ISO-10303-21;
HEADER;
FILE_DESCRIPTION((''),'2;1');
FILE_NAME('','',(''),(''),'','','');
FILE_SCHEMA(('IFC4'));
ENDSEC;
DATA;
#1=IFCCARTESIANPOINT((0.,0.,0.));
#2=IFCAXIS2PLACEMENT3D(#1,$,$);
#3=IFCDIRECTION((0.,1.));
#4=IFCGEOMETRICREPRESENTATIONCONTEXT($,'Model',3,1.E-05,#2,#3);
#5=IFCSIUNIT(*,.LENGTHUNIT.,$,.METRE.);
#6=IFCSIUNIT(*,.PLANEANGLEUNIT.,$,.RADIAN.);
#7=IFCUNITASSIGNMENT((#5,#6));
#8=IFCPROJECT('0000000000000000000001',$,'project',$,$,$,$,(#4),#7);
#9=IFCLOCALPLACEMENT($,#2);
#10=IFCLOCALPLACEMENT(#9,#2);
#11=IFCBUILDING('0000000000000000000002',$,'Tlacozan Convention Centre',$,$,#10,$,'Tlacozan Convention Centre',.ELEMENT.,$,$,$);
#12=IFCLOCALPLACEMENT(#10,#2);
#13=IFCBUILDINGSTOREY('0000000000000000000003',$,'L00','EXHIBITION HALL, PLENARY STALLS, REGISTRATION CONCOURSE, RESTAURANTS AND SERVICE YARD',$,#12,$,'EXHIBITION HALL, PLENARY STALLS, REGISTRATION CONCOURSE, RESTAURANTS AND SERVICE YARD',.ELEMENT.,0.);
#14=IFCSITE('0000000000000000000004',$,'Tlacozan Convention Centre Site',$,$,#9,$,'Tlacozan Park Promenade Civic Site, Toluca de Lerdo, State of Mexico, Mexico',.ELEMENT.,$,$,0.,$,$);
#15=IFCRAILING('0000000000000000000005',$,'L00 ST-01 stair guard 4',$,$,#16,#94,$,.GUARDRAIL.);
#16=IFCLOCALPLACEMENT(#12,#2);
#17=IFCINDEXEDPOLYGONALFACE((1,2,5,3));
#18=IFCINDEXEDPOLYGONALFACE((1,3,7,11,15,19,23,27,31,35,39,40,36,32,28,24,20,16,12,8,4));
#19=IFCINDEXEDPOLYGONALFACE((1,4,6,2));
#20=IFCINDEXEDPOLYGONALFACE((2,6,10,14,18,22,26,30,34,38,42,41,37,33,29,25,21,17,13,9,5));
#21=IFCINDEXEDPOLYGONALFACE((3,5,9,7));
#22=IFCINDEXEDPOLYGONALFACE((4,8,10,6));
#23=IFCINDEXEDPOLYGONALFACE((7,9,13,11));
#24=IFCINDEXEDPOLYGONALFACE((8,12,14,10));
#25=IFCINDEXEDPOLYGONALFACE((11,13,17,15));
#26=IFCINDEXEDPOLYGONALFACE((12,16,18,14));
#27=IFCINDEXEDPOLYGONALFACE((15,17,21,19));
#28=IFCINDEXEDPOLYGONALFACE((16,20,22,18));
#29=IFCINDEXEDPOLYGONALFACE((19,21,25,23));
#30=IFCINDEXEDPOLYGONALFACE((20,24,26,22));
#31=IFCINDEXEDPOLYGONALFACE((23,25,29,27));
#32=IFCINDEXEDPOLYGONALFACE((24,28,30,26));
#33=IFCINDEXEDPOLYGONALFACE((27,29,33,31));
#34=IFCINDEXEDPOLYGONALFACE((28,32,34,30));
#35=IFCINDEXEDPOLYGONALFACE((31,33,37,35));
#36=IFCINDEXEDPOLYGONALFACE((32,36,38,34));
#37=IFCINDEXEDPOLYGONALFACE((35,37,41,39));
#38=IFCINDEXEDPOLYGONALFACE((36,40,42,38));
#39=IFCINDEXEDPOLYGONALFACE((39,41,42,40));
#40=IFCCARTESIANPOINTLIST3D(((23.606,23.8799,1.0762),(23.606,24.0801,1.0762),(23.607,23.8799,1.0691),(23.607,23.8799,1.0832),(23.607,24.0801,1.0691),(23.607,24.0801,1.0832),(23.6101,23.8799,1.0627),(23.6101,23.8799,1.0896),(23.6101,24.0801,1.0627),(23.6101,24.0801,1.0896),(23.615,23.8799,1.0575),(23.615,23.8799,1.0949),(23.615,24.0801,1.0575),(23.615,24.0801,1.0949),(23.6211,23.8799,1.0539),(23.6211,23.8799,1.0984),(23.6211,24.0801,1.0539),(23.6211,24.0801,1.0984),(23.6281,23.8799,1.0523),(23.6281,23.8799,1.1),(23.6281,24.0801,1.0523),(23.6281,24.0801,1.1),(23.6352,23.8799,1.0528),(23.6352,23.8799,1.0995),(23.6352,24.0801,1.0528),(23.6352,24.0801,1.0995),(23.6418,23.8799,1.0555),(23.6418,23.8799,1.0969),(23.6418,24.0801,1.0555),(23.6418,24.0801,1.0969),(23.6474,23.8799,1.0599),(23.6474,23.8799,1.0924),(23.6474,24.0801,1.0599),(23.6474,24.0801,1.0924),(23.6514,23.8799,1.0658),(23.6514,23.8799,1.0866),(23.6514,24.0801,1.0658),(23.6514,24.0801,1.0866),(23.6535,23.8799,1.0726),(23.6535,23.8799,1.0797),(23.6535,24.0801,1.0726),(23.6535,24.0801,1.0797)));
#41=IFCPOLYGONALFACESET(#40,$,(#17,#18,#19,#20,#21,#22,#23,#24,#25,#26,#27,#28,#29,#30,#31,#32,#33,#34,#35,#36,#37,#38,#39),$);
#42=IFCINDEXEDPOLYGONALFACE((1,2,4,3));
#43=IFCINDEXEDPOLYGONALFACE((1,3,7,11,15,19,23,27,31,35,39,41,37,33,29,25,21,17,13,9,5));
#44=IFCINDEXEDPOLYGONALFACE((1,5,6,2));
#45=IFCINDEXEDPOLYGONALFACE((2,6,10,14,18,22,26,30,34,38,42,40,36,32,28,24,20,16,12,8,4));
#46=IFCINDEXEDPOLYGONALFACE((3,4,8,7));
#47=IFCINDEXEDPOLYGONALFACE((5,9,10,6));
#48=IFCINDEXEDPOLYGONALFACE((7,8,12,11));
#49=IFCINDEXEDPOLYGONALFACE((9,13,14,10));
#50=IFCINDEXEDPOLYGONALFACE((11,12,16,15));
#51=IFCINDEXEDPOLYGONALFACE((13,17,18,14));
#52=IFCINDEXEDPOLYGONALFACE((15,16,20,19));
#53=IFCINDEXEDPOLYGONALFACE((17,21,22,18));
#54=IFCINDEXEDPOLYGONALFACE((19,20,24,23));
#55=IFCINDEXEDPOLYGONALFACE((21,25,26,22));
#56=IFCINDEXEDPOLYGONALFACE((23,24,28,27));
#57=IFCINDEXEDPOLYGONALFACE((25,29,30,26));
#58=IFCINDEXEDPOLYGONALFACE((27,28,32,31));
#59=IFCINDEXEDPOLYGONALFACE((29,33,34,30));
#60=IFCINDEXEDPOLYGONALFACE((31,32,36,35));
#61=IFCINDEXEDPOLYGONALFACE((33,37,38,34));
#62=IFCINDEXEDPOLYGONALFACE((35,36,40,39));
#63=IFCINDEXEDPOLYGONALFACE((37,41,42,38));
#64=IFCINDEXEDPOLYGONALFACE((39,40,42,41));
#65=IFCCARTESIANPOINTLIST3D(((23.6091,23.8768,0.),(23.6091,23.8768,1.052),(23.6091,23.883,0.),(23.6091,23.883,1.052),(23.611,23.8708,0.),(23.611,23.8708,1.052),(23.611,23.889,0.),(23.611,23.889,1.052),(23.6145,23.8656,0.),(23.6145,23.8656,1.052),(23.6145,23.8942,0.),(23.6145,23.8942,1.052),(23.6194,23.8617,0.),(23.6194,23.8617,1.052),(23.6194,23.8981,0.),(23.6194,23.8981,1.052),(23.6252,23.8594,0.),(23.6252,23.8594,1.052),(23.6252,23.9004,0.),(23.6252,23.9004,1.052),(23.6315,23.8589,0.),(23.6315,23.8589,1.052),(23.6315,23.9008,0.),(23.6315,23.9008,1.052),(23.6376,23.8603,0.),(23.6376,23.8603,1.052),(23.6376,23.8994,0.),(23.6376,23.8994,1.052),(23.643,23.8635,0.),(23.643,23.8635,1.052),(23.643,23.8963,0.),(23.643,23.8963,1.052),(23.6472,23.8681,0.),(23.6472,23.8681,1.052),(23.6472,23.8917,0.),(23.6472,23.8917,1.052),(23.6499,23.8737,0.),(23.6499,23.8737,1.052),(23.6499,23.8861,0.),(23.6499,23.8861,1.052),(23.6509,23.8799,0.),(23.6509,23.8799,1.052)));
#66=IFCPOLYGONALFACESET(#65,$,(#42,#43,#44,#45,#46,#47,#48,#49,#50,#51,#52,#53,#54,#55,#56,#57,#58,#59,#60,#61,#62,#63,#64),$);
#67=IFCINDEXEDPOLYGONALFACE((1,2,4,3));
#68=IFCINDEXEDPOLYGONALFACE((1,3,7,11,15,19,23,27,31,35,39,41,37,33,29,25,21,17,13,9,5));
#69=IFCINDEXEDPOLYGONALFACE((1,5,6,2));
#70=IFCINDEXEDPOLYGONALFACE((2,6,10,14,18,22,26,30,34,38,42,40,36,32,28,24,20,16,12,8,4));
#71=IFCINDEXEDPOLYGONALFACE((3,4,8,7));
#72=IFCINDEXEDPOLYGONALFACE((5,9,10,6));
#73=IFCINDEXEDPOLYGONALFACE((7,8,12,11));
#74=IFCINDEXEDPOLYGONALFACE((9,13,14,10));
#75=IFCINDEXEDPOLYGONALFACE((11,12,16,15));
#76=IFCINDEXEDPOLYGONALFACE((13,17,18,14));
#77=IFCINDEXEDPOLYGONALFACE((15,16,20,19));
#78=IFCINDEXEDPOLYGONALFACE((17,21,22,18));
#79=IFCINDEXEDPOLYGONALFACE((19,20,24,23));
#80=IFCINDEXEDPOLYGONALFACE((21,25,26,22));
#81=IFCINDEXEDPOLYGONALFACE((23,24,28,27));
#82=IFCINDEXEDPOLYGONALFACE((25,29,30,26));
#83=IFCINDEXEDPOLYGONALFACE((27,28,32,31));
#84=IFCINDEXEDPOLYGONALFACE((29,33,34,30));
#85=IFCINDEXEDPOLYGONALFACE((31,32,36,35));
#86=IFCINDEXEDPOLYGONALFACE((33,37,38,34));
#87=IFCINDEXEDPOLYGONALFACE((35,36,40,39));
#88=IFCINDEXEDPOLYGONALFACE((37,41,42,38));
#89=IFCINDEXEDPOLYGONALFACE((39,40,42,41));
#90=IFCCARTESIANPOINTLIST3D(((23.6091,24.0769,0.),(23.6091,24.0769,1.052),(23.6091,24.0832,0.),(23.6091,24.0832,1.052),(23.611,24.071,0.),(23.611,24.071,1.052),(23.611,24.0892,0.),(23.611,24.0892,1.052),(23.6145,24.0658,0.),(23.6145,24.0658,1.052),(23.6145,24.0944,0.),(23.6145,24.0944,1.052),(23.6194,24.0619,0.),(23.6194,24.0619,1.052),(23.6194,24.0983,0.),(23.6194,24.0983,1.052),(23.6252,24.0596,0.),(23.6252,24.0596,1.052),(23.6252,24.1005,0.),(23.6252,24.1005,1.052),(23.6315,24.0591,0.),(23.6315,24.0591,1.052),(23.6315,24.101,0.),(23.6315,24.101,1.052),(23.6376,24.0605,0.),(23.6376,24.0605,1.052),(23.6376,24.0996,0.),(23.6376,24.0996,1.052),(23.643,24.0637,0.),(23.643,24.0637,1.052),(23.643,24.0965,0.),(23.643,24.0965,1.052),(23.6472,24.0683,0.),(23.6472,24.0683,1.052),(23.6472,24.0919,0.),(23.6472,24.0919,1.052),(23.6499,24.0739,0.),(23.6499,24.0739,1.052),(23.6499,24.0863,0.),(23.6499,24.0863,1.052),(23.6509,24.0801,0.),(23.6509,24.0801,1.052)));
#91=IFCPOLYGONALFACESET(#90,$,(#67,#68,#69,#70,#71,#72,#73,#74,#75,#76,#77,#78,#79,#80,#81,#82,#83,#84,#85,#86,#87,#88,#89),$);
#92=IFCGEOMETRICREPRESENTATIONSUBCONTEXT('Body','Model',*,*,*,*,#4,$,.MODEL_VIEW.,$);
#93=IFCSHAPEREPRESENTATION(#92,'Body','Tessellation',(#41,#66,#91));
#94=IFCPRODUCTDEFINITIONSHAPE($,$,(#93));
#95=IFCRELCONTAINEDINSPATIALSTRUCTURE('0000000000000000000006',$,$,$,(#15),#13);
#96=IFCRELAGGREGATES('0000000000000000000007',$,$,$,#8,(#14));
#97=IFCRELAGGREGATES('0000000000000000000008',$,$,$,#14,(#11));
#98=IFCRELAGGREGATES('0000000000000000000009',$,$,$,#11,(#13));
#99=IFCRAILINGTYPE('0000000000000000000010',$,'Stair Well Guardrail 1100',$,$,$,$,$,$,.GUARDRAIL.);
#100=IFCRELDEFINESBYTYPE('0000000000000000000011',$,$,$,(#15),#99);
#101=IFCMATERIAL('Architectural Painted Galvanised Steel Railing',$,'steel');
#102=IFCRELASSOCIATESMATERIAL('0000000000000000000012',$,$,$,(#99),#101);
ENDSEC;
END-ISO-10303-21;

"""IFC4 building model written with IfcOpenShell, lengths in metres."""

from ifc_helpers import new_model, si_unit, direction, frame, origin, origin_2d, place, context, subcontext, project, spatial, circle, extrude, material, type_object, element, save


model = new_model("IFC4")

# Units and contexts
model_context = context("Model", 3, precision=1e-05, world=origin(), true_north=direction((0.0, 1.0)))
body_context = subcontext(model_context, "Body", "Model", "MODEL_VIEW")
ifc_project = project(units=[si_unit("LENGTHUNIT", "METRE"), si_unit("PLANEANGLEUNIT", "RADIAN")], contexts=[model_context])

# Site, building, storey
site_placement = place(None, origin())
site = spatial("IfcSite", under=ifc_project, at=site_placement, Name="Tlacozan Convention Centre Site", LongName="Tlacozan Park Promenade Civic Site, Toluca de Lerdo, State of Mexico, Mexico", CompositionType="ELEMENT", RefElevation=0.0)
building_placement = place(site_placement, origin())
building = spatial("IfcBuilding", under=site, at=building_placement, Name="Tlacozan Convention Centre", LongName="Tlacozan Convention Centre", CompositionType="ELEMENT")
storey_placement = place(building_placement, origin())
storey = spatial("IfcBuildingStorey", under=building, at=storey_placement, Name="L00", Description="EXHIBITION HALL, PLENARY STALLS, REGISTRATION CONCOURSE, RESTAURANTS AND SERVICE YARD", LongName="EXHIBITION HALL, PLENARY STALLS, REGISTRATION CONCOURSE, RESTAURANTS AND SERVICE YARD", CompositionType="ELEMENT", Elevation=0.0)

# Railing
ifc_material_1 = material(Name="Architectural Painted Galvanised Steel Railing", Category="steel")
railing_type_1 = type_object("IfcRailingType", Name="Stair Well Guardrail 1100", PredefinedType="GUARDRAIL", material=ifc_material_1)
railing_1_placement = place(storey_placement, frame((23.6299, 23.8799, 0.0)))
element("IfcRailing", 1, at=railing_1_placement, inside=storey, type_object=railing_type_1, Name="L00 ST-01 stair guard 4", PredefinedType="GUARDRAIL", context=body_context, shape_type="SweptSolid", body=[
    extrude(circle(Radius=0.0239, at=origin_2d()), frame((0.0, 0.0, 1.0762), z_axis=(0.0, 1.0, 0.0), x_axis=(-1.0, 0.0, 0.0)), (0.0, 0.0, 1.0), 0.2002),
    extrude(circle(Radius=0.021, at=origin_2d()), origin(), (0.0, 0.0, 1.0), 1.052),
    extrude(circle(Radius=0.021, at=origin_2d()), frame((0.0, 0.2002, 0.0)), (0.0, 0.0, 1.0), 1.052),
])

save(model, "model.ifc")
